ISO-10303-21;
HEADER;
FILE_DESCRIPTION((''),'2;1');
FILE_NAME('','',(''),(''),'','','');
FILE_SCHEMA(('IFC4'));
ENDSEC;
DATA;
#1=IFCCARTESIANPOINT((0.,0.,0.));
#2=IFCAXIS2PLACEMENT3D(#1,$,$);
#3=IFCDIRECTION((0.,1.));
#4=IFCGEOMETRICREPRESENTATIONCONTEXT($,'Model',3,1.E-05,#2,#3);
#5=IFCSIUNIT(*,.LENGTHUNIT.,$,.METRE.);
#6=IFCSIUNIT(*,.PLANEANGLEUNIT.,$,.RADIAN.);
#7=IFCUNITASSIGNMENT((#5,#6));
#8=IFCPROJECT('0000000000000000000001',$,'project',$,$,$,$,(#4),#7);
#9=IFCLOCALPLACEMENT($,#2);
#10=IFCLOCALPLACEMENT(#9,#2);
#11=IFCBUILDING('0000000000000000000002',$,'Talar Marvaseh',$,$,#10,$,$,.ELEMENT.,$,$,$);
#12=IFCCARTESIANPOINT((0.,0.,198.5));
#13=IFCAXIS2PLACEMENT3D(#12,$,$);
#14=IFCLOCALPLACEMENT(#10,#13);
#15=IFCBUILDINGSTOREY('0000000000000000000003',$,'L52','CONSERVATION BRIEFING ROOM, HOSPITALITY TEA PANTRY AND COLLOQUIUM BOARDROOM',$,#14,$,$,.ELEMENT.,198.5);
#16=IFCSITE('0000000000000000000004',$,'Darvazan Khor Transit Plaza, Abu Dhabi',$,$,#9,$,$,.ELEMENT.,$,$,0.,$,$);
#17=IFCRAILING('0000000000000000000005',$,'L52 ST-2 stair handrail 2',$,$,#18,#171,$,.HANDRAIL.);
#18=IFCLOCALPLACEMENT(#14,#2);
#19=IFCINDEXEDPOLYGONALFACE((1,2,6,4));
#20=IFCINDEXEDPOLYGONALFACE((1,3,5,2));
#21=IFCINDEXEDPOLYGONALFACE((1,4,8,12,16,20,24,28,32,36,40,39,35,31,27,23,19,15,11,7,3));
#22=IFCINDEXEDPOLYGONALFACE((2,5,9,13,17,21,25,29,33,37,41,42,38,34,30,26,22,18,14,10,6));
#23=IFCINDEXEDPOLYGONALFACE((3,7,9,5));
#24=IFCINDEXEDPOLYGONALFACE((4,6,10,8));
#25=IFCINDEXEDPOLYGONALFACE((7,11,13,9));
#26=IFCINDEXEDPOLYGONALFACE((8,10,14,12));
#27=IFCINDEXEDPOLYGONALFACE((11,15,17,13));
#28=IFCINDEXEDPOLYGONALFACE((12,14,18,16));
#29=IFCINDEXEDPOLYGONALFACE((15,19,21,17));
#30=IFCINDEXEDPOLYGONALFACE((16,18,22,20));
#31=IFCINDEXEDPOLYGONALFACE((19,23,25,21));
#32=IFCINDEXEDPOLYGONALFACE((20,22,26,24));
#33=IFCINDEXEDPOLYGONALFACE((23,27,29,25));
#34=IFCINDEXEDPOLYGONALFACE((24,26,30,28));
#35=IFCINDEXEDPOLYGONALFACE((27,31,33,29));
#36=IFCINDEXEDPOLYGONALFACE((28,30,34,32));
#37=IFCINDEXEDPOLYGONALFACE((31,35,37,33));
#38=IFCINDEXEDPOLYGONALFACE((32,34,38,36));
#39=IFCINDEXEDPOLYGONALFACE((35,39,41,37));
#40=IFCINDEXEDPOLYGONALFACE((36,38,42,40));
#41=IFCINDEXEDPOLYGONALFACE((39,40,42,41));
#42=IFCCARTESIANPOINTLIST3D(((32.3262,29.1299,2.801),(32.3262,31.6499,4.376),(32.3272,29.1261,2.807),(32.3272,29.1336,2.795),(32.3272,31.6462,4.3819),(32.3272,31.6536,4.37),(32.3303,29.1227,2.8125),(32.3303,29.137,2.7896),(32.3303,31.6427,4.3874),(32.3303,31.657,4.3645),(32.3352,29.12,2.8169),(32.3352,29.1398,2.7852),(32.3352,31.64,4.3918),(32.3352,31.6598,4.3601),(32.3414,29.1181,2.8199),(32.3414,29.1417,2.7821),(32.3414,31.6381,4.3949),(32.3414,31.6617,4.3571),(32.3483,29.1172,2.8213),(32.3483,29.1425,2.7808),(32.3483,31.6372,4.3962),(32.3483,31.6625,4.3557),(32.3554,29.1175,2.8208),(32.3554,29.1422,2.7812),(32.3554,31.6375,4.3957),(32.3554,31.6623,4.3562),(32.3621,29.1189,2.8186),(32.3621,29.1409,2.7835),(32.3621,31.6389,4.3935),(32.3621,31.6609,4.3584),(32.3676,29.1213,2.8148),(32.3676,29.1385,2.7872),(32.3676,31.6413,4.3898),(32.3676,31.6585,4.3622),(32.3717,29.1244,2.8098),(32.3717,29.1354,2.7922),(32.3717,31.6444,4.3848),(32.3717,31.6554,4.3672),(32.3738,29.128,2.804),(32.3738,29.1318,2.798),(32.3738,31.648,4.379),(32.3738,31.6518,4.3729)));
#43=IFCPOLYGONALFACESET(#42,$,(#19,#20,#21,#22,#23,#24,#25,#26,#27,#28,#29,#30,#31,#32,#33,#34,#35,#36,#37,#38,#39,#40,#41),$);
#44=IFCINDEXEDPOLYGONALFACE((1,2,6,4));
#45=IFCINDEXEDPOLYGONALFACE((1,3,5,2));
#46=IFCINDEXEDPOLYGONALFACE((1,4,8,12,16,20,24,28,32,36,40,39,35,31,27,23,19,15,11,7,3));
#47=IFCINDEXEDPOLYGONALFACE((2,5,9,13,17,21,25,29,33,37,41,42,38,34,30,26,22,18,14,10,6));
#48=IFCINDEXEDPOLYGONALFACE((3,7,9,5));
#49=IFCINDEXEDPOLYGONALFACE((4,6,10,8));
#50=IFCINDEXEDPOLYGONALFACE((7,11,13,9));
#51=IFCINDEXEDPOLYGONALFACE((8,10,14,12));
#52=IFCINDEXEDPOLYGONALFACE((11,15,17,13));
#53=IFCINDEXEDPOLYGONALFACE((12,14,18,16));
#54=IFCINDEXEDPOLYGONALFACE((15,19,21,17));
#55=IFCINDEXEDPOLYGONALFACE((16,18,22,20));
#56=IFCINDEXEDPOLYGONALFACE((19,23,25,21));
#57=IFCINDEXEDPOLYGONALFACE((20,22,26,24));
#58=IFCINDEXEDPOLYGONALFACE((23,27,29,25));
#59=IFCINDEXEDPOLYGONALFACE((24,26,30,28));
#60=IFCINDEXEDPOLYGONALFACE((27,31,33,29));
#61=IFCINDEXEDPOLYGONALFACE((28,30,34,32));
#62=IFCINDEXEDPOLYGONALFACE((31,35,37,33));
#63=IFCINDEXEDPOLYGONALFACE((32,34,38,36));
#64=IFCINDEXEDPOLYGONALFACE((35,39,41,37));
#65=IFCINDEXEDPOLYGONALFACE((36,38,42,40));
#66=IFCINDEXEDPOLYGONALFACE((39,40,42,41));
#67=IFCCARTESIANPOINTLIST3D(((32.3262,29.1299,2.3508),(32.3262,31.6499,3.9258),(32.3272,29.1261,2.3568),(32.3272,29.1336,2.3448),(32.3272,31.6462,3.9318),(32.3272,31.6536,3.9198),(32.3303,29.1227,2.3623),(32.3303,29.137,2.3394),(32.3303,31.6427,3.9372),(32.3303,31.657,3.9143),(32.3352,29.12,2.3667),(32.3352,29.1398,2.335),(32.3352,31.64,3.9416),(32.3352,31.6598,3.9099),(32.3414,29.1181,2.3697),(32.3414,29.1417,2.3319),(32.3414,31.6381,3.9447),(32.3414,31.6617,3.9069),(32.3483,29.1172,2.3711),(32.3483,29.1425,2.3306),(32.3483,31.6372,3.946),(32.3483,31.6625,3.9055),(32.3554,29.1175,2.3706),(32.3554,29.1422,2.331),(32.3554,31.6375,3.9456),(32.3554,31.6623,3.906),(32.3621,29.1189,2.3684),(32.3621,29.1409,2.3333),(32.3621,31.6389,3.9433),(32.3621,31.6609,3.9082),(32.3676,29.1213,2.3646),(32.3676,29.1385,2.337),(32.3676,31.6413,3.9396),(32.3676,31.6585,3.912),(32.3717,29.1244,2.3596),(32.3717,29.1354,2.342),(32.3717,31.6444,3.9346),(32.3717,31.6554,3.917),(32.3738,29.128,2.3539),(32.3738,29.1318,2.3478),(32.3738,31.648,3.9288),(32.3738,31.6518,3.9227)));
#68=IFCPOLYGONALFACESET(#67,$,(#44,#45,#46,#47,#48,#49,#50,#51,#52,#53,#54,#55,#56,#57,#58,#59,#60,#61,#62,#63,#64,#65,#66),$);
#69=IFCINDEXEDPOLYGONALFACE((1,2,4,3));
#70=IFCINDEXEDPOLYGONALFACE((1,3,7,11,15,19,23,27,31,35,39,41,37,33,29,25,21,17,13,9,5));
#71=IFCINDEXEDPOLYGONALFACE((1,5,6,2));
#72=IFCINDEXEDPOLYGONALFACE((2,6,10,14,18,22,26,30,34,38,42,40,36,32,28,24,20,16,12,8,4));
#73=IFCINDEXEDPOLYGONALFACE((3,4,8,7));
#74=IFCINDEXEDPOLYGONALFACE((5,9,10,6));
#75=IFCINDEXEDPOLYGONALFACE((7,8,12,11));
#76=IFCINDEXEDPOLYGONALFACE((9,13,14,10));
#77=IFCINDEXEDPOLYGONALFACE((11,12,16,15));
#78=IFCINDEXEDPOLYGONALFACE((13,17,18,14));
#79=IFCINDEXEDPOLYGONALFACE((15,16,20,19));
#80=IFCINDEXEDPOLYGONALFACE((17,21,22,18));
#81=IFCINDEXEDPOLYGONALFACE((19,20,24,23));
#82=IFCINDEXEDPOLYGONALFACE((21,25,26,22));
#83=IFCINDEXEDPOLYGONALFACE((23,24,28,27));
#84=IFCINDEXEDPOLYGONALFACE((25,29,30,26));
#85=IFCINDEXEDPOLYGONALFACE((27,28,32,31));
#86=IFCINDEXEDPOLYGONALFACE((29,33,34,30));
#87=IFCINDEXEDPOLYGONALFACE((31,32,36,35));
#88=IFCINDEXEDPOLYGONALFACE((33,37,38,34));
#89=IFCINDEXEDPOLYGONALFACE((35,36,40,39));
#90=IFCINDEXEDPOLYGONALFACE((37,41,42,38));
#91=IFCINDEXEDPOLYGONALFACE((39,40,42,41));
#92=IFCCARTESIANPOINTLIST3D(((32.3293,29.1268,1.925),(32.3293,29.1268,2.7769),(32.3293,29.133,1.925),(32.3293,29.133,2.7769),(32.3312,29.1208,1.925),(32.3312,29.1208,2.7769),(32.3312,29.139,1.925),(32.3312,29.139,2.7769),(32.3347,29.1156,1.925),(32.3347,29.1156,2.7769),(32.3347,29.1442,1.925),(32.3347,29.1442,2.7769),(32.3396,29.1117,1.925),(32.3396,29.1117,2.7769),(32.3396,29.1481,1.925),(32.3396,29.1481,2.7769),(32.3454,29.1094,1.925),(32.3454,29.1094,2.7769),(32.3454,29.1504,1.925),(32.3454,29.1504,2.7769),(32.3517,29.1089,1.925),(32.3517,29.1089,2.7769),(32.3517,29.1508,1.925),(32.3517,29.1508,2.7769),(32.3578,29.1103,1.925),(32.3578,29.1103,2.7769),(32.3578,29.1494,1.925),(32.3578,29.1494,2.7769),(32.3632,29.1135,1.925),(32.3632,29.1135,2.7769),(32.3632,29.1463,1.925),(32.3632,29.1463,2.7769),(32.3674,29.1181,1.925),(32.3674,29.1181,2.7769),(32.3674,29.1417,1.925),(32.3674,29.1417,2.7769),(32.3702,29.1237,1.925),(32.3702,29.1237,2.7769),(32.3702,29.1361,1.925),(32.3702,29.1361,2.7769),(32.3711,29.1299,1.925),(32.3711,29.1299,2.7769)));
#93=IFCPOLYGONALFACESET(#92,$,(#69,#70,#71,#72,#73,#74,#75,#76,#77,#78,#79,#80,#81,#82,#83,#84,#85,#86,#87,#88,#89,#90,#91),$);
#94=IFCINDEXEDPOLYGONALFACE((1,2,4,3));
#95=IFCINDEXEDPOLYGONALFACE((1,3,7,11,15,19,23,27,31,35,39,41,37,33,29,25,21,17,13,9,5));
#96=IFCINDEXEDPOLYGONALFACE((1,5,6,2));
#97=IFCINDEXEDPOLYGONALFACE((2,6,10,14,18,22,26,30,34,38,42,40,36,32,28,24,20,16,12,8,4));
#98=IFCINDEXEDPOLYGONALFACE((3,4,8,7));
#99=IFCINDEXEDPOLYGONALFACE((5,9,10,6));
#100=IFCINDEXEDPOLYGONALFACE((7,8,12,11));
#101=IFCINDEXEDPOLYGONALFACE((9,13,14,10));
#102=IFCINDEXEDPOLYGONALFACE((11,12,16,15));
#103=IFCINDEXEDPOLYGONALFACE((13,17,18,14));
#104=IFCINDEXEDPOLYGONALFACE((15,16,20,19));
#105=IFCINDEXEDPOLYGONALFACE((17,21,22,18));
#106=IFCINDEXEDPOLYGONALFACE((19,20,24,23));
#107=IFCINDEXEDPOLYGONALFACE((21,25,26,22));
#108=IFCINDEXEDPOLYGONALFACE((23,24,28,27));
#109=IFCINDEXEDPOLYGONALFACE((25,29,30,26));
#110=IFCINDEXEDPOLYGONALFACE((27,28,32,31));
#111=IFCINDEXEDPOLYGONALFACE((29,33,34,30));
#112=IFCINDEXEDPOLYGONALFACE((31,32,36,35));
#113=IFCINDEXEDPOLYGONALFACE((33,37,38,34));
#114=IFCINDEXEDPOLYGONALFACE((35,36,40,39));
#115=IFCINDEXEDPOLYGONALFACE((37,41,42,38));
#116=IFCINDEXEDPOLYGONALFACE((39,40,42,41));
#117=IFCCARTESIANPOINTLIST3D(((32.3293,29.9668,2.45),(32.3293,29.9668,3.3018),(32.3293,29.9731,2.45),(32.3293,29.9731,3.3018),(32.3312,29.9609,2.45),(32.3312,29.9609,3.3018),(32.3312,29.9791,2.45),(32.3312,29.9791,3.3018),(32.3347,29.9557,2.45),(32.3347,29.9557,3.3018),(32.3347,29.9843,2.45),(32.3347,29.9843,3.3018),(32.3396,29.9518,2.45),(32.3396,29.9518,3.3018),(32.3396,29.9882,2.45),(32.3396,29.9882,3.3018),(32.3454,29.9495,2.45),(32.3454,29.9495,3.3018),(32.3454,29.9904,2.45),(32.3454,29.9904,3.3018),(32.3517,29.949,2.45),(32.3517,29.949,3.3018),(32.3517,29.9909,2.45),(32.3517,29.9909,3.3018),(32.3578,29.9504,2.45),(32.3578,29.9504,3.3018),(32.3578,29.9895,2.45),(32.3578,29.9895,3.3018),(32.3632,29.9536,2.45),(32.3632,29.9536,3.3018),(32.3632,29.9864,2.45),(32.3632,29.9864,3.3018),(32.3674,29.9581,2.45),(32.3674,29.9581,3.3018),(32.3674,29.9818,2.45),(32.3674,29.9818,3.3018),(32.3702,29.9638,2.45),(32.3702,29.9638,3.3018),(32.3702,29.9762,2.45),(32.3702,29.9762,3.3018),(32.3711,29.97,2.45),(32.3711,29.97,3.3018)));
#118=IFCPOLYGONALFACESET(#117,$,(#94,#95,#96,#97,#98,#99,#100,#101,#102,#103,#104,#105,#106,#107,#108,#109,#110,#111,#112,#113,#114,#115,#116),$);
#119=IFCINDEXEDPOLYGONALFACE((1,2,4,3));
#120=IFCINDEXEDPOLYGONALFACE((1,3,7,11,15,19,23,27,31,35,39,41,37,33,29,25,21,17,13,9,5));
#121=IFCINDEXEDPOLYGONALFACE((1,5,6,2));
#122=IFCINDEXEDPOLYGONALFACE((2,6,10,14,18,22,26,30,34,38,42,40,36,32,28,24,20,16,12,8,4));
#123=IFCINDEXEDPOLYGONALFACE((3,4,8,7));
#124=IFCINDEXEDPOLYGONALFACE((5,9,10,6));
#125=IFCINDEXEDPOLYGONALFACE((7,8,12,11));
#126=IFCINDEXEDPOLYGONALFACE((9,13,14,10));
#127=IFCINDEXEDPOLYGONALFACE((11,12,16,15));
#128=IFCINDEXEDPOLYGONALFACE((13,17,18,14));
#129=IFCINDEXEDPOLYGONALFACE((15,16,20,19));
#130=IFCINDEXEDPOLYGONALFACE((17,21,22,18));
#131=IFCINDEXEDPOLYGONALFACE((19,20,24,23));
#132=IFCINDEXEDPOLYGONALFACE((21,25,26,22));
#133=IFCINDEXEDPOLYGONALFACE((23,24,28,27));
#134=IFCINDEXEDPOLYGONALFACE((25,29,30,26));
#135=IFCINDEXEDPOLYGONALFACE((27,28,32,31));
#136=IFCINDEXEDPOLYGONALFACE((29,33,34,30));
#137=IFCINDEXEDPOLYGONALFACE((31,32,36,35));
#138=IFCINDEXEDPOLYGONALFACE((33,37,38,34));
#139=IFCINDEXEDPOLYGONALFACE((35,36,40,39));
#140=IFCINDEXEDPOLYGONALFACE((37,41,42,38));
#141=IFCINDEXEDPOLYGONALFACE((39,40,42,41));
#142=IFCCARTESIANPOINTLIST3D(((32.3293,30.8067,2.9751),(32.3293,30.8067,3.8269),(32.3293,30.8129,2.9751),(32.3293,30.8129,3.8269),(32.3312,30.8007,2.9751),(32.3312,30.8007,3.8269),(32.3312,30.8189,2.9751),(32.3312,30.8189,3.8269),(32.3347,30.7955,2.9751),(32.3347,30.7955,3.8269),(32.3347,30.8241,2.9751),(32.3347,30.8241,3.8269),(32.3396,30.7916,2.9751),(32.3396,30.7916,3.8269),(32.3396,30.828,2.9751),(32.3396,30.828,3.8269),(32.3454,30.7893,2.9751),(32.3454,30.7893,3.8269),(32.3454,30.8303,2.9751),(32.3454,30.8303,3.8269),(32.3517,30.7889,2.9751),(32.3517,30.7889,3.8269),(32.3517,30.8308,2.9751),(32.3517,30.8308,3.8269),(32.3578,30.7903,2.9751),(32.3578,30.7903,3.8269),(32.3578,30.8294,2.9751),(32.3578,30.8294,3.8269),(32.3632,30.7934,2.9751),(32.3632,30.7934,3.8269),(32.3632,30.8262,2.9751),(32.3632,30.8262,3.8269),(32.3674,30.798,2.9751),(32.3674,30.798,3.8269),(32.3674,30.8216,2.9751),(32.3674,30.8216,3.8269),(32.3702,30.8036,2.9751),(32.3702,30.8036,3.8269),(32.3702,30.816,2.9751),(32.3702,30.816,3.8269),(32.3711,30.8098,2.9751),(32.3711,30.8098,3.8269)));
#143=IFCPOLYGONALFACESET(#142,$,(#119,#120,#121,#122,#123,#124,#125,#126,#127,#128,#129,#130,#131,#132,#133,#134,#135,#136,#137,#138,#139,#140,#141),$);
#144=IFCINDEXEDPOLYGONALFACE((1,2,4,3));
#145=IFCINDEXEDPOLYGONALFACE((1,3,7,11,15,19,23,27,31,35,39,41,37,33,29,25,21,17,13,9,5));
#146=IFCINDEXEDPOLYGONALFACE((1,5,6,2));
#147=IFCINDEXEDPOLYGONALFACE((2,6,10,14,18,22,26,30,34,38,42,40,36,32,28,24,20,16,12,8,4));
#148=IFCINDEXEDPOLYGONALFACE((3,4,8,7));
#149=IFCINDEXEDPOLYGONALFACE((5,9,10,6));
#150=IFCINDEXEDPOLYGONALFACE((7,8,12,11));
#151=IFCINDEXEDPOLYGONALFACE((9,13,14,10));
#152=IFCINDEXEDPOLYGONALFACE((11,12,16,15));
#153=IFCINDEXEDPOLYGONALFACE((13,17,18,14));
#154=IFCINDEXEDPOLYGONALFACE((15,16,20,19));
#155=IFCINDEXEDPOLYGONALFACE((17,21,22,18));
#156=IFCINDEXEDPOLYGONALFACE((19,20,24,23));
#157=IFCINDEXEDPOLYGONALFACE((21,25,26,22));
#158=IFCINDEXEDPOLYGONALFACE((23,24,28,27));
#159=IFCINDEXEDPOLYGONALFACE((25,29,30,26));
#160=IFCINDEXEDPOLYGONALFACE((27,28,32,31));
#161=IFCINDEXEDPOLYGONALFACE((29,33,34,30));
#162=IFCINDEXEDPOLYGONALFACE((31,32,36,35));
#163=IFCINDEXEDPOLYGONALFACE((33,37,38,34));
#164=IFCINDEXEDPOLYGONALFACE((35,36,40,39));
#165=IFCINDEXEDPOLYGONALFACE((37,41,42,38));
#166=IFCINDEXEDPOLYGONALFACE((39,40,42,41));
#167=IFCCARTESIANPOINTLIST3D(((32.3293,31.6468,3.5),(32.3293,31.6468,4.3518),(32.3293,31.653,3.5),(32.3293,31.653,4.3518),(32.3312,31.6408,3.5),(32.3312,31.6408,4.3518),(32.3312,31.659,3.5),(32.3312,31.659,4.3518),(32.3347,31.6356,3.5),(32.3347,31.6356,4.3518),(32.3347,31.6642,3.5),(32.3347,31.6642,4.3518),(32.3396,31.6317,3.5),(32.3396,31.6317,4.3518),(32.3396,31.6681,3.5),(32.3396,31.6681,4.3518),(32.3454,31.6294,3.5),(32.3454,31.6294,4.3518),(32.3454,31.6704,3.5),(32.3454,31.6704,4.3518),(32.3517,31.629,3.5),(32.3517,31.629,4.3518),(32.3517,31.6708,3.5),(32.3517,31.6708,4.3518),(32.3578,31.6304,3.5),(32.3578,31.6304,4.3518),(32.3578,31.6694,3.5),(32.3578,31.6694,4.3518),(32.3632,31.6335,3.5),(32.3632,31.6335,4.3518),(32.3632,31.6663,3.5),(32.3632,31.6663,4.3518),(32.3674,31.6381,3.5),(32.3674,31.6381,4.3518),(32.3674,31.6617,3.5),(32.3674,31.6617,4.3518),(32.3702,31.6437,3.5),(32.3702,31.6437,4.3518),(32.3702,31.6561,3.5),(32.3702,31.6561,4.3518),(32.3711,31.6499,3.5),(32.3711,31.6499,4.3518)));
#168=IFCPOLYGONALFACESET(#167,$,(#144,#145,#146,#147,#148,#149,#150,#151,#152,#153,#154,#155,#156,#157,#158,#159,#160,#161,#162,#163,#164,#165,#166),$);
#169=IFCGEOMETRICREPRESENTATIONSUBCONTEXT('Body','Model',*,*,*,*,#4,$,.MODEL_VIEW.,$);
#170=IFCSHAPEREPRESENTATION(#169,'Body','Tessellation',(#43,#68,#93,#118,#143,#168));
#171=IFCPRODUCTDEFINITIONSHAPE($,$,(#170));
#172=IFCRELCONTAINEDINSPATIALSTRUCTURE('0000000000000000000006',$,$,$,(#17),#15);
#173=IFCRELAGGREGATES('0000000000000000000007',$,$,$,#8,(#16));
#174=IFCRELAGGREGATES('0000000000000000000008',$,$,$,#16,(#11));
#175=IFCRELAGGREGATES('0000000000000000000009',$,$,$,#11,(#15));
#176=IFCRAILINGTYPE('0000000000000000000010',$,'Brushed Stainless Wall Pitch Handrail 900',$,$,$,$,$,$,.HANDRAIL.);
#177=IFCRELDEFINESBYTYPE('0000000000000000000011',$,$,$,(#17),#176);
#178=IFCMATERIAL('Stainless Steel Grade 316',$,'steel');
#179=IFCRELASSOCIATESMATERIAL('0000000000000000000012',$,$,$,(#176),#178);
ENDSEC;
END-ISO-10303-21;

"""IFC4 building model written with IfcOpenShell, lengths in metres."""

from ifc_helpers import new_model, si_unit, direction, frame, origin, origin_2d, place, context, subcontext, project, spatial, circle, extrude, material, type_object, element, save


model = new_model("IFC4")

# Units and contexts
model_context = context("Model", 3, precision=1e-05, world=origin(), true_north=direction((0.0, 1.0)))
body_context = subcontext(model_context, "Body", "Model", "MODEL_VIEW")
ifc_project = project(units=[si_unit("LENGTHUNIT", "METRE"), si_unit("PLANEANGLEUNIT", "RADIAN")], contexts=[model_context])

# Site, building, storey
site_placement = place(None, origin())
site = spatial("IfcSite", under=ifc_project, at=site_placement, Name="Darvazan Khor Transit Plaza, Abu Dhabi", CompositionType="ELEMENT", RefElevation=0.0)
building_placement = place(site_placement, origin())
building = spatial("IfcBuilding", under=site, at=building_placement, Name="Talar Marvaseh", CompositionType="ELEMENT")
storey_placement = place(building_placement, frame((0.0, 0.0, 198.5)))
storey = spatial("IfcBuildingStorey", under=building, at=storey_placement, Name="L52", Description="CONSERVATION BRIEFING ROOM, HOSPITALITY TEA PANTRY AND COLLOQUIUM BOARDROOM", CompositionType="ELEMENT", Elevation=198.5)

# Shared definitions
ifc_material_1 = material(Name="Stainless Steel Grade 316", Category="steel")

# Railing
railing_type_1 = type_object("IfcRailingType", Name="Brushed Stainless Wall Pitch Handrail 900", PredefinedType="HANDRAIL", material=ifc_material_1)
railing_1_placement = place(storey_placement, frame((32.3501, 29.1299, 1.925)))
element("IfcRailing", 1, at=railing_1_placement, inside=storey, type_object=railing_type_1, Name="L52 ST-2 stair handrail 2", PredefinedType="HANDRAIL", context=body_context, shape_type="SweptSolid", body=[
    extrude(circle(Radius=0.0239, at=origin_2d()), frame((0.0, 0.0, 0.876), z_axis=(0.0, 0.848008, 0.529984), x_axis=(-1.0, 0.0, 0.0)), (0.0, 0.0, 1.0), 2.9717),
    extrude(circle(Radius=0.0239, at=origin_2d()), frame((0.0, 0.0, 0.4258), z_axis=(0.0, 0.848008, 0.529984), x_axis=(-1.0, 0.0, 0.0)), (0.0, 0.0, 1.0), 2.9717),
    extrude(circle(Radius=0.021, at=origin_2d()), origin(), (0.0, 0.0, 1.0), 0.8518),
    extrude(circle(Radius=0.021, at=origin_2d()), frame((0.0, 0.8401, 0.5249)), (0.0, 0.0, 1.0), 0.8518),
    extrude(circle(Radius=0.021, at=origin_2d()), frame((0.0, 1.6799, 1.05)), (0.0, 0.0, 1.0), 0.8518),
    extrude(circle(Radius=0.021, at=origin_2d()), frame((0.0, 2.52, 1.575)), (0.0, 0.0, 1.0), 0.8518),
])

save(model, "model.ifc")
